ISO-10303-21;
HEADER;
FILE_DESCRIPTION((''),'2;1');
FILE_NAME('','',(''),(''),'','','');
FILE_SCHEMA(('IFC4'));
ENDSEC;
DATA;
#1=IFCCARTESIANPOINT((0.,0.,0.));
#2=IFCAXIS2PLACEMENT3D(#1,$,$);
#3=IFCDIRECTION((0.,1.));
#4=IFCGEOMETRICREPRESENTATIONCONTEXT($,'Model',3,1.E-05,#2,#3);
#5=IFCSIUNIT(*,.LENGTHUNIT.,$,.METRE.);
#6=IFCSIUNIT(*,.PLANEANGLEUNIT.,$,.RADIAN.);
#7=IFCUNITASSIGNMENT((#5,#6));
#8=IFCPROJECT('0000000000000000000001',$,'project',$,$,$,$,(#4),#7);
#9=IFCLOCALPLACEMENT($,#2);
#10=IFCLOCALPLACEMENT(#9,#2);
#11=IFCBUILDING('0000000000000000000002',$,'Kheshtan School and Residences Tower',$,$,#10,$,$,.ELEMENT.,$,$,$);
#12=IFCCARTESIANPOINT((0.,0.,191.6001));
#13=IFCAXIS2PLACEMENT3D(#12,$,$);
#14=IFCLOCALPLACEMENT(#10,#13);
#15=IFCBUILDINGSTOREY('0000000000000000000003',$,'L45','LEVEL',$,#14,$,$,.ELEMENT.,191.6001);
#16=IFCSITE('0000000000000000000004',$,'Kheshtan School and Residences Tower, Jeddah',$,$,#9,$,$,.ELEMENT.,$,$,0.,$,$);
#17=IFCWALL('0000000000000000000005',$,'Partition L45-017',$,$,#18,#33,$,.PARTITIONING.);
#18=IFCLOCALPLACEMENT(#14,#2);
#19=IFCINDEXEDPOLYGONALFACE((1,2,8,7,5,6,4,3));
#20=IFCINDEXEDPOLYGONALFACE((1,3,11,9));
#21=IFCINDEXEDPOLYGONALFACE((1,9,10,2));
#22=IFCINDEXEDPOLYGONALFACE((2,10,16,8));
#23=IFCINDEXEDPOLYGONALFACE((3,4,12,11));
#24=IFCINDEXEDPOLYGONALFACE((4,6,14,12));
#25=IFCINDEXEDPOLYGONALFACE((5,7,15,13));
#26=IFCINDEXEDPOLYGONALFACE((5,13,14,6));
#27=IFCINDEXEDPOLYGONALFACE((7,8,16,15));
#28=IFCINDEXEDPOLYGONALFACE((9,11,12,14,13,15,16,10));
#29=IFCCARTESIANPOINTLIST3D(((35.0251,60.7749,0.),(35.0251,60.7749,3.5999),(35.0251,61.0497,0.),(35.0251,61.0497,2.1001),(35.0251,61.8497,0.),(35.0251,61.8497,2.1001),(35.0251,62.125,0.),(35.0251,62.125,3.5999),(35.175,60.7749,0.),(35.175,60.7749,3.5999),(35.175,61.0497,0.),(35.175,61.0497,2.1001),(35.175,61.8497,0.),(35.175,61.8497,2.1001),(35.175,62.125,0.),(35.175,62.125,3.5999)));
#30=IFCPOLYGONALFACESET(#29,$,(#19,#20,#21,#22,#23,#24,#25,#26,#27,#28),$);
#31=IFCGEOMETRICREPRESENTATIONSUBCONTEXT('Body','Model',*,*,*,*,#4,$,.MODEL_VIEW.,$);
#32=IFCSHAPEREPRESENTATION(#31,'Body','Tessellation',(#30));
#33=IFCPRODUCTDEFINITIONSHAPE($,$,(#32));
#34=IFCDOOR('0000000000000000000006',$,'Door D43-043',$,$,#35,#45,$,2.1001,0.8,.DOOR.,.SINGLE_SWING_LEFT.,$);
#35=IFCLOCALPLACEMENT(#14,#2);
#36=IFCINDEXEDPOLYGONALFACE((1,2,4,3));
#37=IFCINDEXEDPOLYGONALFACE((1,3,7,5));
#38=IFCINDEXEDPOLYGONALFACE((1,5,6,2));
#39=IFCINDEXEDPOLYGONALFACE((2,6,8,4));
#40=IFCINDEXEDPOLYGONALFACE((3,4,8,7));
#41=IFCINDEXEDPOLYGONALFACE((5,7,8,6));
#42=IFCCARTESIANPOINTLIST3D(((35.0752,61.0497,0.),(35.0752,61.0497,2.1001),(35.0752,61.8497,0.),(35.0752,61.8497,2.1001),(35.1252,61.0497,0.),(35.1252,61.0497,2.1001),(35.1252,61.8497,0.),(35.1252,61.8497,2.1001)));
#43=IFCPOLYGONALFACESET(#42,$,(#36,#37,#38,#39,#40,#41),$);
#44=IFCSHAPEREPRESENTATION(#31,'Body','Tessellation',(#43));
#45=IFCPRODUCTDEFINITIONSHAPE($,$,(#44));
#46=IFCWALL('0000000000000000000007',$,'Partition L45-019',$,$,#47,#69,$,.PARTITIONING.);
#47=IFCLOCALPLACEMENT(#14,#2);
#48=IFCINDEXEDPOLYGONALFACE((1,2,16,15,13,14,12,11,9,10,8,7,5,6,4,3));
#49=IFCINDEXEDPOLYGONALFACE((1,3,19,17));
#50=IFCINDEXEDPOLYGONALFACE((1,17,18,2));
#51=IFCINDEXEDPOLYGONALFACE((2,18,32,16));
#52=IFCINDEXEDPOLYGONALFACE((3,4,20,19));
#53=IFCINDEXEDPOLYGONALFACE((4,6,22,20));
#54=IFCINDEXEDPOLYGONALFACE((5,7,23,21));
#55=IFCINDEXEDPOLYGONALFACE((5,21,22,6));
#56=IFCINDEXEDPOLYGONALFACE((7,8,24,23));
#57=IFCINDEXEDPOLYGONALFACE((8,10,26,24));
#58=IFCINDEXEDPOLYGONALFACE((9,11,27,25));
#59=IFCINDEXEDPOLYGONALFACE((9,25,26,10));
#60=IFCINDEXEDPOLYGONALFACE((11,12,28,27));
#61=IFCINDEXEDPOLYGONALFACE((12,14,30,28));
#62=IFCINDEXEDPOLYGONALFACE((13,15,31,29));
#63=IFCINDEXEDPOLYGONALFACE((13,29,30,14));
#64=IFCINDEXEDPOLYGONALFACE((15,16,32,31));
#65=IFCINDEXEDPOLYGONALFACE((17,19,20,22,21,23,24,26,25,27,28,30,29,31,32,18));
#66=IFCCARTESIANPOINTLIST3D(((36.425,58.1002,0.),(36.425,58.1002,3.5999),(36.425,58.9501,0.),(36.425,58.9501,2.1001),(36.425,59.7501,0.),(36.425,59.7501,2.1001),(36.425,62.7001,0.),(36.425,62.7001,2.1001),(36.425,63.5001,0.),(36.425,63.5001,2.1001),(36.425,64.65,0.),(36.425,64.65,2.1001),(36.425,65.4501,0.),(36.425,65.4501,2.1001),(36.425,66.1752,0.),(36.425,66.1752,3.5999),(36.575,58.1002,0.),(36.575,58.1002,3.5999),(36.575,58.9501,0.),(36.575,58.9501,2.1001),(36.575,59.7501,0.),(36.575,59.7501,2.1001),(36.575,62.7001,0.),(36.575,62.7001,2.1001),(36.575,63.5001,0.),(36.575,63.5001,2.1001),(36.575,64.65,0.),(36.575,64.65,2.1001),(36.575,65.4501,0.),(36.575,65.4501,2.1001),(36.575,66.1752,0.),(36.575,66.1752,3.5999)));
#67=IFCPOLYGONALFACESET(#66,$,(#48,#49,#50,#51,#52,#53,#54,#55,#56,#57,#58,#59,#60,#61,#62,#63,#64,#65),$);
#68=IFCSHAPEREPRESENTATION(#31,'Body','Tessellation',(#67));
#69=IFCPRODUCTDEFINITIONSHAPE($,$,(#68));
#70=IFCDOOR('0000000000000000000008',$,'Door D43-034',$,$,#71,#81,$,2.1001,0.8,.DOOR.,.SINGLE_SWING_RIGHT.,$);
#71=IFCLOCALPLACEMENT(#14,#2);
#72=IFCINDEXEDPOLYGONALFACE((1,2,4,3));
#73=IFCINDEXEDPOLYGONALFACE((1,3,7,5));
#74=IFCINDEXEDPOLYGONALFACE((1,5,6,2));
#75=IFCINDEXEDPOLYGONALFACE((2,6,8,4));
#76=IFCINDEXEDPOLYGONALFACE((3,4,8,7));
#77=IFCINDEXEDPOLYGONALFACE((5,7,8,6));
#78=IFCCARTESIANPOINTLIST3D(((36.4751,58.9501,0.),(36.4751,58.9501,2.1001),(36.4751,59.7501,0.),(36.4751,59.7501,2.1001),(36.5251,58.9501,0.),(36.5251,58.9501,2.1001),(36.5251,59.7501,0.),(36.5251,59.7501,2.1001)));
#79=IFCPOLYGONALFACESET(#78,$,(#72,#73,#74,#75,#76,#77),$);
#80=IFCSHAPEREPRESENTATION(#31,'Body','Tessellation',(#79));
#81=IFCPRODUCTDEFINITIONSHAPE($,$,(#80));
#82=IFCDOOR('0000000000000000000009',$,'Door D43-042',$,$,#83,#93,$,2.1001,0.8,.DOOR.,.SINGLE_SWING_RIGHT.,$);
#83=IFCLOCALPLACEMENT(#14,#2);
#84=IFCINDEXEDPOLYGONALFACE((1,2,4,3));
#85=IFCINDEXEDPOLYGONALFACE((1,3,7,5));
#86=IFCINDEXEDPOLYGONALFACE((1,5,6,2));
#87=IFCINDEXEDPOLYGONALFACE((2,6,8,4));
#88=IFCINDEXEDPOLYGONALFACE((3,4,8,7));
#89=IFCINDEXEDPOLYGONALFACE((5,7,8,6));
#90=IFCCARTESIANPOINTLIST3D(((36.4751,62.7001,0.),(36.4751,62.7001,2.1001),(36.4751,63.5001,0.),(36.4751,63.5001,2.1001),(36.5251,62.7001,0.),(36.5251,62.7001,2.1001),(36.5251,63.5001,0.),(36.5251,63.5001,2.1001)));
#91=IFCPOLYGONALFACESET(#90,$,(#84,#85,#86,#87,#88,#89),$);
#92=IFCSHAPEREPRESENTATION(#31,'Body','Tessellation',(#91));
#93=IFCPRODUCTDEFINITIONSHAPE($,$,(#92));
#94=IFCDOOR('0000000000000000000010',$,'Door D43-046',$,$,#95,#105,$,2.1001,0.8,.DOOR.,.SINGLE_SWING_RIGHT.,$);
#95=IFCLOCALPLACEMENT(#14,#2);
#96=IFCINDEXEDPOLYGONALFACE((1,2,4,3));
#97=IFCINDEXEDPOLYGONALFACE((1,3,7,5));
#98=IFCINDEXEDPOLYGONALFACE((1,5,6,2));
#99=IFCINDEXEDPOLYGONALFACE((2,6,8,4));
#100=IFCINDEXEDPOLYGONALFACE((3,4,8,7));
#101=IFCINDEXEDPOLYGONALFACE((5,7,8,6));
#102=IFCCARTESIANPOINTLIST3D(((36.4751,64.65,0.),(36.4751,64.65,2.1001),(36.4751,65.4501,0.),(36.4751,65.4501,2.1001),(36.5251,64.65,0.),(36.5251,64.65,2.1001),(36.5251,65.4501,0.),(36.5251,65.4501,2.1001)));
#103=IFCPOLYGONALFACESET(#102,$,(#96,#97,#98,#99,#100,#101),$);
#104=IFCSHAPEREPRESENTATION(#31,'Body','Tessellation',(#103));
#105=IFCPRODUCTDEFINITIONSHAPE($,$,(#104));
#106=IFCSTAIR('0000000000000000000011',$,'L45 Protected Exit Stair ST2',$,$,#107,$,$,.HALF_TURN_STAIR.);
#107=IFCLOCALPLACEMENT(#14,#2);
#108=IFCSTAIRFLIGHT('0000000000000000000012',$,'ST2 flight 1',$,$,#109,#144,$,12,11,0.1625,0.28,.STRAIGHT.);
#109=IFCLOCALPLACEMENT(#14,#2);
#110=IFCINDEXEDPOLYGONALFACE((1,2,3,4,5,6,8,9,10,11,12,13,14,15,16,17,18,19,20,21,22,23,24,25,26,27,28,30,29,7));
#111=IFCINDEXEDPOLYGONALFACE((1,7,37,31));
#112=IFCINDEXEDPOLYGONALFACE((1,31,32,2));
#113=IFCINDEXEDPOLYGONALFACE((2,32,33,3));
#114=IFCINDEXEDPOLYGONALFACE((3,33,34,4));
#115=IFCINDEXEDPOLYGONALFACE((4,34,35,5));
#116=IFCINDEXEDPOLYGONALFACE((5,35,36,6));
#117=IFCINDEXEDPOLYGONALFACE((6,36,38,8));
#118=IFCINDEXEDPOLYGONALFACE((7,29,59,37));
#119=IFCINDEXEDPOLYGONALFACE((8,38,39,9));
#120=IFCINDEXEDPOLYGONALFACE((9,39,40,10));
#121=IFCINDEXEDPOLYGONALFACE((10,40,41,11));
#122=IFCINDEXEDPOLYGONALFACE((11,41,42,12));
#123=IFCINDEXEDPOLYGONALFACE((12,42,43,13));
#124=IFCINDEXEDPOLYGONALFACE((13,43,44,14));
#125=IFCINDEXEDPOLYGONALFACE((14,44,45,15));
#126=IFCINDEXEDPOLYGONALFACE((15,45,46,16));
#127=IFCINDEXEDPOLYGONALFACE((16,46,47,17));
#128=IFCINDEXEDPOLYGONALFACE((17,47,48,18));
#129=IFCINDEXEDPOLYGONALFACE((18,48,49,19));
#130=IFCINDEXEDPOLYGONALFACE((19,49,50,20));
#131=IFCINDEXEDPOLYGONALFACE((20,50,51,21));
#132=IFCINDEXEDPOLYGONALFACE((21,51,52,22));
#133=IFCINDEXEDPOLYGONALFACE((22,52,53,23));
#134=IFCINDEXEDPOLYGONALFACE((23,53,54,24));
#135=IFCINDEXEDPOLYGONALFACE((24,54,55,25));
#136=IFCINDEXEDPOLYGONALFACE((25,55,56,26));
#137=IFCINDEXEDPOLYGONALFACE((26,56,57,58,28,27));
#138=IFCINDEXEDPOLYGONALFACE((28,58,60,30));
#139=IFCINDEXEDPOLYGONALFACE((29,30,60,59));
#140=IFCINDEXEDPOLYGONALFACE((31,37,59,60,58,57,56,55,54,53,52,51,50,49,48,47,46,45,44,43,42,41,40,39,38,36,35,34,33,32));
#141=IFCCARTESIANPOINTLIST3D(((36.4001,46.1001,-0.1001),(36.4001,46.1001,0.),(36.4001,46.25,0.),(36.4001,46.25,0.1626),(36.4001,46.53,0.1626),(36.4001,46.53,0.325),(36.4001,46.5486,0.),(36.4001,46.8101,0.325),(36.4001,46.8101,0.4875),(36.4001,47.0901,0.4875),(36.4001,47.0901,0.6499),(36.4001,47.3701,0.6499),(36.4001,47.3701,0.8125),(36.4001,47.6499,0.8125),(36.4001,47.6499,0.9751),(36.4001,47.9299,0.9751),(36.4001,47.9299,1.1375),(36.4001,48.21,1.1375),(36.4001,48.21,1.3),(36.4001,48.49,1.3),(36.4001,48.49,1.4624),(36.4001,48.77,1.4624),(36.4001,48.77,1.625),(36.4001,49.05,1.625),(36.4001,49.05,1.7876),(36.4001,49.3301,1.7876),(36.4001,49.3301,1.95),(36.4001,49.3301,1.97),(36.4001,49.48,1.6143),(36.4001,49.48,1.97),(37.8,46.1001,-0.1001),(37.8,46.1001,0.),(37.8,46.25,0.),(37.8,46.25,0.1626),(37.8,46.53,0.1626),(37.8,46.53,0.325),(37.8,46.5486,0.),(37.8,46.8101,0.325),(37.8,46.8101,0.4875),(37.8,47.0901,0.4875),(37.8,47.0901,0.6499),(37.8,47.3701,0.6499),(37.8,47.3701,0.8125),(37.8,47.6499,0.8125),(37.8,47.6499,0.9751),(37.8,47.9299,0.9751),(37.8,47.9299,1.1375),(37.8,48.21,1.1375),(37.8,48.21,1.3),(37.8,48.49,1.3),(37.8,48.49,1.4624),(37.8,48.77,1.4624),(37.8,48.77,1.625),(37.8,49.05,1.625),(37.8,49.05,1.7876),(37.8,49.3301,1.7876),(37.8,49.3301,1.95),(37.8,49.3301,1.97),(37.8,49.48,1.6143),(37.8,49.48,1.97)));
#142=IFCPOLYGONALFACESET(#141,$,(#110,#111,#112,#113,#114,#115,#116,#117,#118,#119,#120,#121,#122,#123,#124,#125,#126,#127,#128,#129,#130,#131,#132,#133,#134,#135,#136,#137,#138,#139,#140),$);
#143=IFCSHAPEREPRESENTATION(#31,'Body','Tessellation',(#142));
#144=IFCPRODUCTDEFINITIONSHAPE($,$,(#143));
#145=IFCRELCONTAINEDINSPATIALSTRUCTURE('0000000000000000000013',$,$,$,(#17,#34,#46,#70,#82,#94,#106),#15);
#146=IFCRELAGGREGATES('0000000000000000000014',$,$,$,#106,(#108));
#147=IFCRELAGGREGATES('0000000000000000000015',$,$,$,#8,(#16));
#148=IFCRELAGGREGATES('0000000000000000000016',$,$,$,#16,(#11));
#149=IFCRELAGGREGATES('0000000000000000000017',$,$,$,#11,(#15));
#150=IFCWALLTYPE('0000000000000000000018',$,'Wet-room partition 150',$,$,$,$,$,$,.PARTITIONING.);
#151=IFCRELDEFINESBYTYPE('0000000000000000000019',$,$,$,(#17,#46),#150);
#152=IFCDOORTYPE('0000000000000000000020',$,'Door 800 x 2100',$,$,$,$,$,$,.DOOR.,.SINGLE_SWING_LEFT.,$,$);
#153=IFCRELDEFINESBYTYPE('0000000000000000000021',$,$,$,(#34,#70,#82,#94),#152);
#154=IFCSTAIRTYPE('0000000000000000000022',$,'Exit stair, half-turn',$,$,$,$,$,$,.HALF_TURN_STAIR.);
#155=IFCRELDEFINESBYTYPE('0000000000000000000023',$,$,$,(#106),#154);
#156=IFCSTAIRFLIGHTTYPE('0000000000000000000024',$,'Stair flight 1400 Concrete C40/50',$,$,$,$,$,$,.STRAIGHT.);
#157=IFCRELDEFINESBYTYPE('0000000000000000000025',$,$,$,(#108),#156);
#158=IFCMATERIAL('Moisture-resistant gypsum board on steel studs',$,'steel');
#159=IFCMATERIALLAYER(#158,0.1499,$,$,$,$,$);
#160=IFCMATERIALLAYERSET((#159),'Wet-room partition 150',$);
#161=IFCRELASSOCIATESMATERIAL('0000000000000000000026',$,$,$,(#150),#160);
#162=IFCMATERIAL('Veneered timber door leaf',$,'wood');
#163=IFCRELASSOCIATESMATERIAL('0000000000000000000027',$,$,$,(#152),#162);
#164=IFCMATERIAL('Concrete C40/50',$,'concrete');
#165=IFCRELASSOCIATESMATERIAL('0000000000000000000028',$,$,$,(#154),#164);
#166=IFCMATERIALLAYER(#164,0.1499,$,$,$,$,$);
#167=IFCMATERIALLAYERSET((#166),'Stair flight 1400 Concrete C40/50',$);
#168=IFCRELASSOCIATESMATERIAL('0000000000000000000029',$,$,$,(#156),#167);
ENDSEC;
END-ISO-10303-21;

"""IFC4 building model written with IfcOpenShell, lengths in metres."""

from ifc_helpers import new_model, si_unit, direction, frame, frame_2d, origin, place, context, subcontext, project, spatial, polyline, rectangle, outline, extrude, source, transform, mapped, material, layer, layer_set, type_object, element, fill, aggregate, save


model = new_model("IFC4")

# Units and contexts
model_context = context("Model", 3, precision=1e-05, world=origin(), true_north=direction((0.0, 1.0)))
body_context = subcontext(model_context, "Body", "Model", "MODEL_VIEW")
ifc_project = project(units=[si_unit("LENGTHUNIT", "METRE"), si_unit("PLANEANGLEUNIT", "RADIAN")], contexts=[model_context])

# Site, building, storey
site_placement = place(None, origin())
site = spatial("IfcSite", under=ifc_project, at=site_placement, Name="Kheshtan School and Residences Tower, Jeddah", CompositionType="ELEMENT", RefElevation=0.0)
building_placement = place(site_placement, origin())
building = spatial("IfcBuilding", under=site, at=building_placement, Name="Kheshtan School and Residences Tower", CompositionType="ELEMENT")
storey_placement = place(building_placement, frame((0.0, 0.0, 191.6001)))
storey = spatial("IfcBuildingStorey", under=building, at=storey_placement, Name="L45", Description="LEVEL", CompositionType="ELEMENT", Elevation=191.6001)

# Shared definitions
ifc_material_1 = material(Name="Concrete C40/50", Category="concrete")
ifc_material_2 = material(Name="Moisture-resistant gypsum board on steel studs", Category="steel")
ifc_layer_1 = layer(ifc_material_2, 0.1499)
ifc_layer_set_1 = layer_set([ifc_layer_1], Name="Wet-room partition 150")
wall_type_1 = type_object("IfcWallType", Name="Wet-room partition 150", PredefinedType="PARTITIONING", material=ifc_layer_set_1)

# Wall, opening, door
wall_1_placement = place(storey_placement, frame((35.1001, 60.7749, 0.0), z_axis=(0.0, 0.0, 1.0), x_axis=(0.0, 1.0, 0.0)))
wall_1 = element("IfcWall", 1, at=wall_1_placement, inside=storey, type_object=wall_type_1, Name="Partition L45-017", PredefinedType="PARTITIONING", context=body_context, shape_type="SweptSolid", body=[
    extrude(rectangle(XDim=1.3501, YDim=0.1499, at=frame_2d((0.675, 0.0))), origin(), (0.0, 0.0, 1.0), 3.5999),
])
opening_1_placement = place(wall_1_placement, frame((0.2749, 0.0, 0.0)))
opening_1 = element("IfcOpeningElement", 2, at=opening_1_placement, cuts=wall_1, PredefinedType="OPENING", context=body_context, shape_type="SweptSolid", body=[
    extrude(rectangle(XDim=0.8, YDim=2.1001, at=frame_2d((0.3999, 1.05))), frame((0.0, 0.085, 0.0), z_axis=(0.0, -1.0, 0.0), x_axis=(1.0, 0.0, 0.0)), (0.0, 0.0, 1.0), 0.1699),
])
ifc_material_3 = material(Name="Veneered timber door leaf", Category="wood")
door_type_1 = type_object("IfcDoorType", Name="Door 800 x 2100", OperationType="SINGLE_SWING_LEFT", PredefinedType="DOOR", material=ifc_material_3)
shared_shape_1 = source(origin(), body_context, "Body", "SweptSolid", [
    extrude(rectangle(XDim=0.8, YDim=2.1001, at=frame_2d((0.3999, 1.05))), frame((0.0, 0.0249, 0.0), z_axis=(0.0, -1.0, 0.0), x_axis=(1.0, 0.0, 0.0)), (0.0, 0.0, 1.0), 0.05),
])
door_1_placement = place(opening_1_placement, origin())
door_1 = element("IfcDoor", 3, at=door_1_placement, inside=storey, type_object=door_type_1, Name="Door D43-043", OperationType="SINGLE_SWING_LEFT", OverallHeight=2.1001, OverallWidth=0.8, PredefinedType="DOOR", context=body_context, shape_type="MappedRepresentation", body=[
    mapped(shared_shape_1, transform((0.0, 0.0, 0.0), x_axis=(1.0, 0.0, 0.0), y_axis=(0.0, 1.0, 0.0), z_axis=(0.0, 0.0, 1.0), scale=1.0)),
])
fill(opening_1, door_1)

# Wall, openings, doors
wall_2_placement = place(storey_placement, frame((36.5, 58.1001, 0.0), z_axis=(0.0, 0.0, 1.0), x_axis=(0.0, 1.0, 0.0)))
wall_2 = element("IfcWall", 4, at=wall_2_placement, inside=storey, type_object=wall_type_1, Name="Partition L45-019", PredefinedType="PARTITIONING", context=body_context, shape_type="SweptSolid", body=[
    extrude(rectangle(XDim=8.075, YDim=0.1499, at=frame_2d((4.0376, 0.0))), origin(), (0.0, 0.0, 1.0), 3.5999),
])
opening_2_placement = place(wall_2_placement, frame((0.8501, 0.0, 0.0)))
opening_2 = element("IfcOpeningElement", 5, at=opening_2_placement, cuts=wall_2, PredefinedType="OPENING", context=body_context, shape_type="SweptSolid", body=[
    extrude(rectangle(XDim=0.8, YDim=2.1001, at=frame_2d((0.3999, 1.05))), frame((0.0, 0.085, 0.0), z_axis=(0.0, -1.0, 0.0), x_axis=(1.0, 0.0, 0.0)), (0.0, 0.0, 1.0), 0.1699),
])
opening_3_placement = place(wall_2_placement, frame((4.6001, 0.0, 0.0)))
opening_3 = element("IfcOpeningElement", 6, at=opening_3_placement, cuts=wall_2, PredefinedType="OPENING", context=body_context, shape_type="SweptSolid", body=[
    extrude(rectangle(XDim=0.8, YDim=2.1001, at=frame_2d((0.3999, 1.05))), frame((0.0, 0.085, 0.0), z_axis=(0.0, -1.0, 0.0), x_axis=(1.0, 0.0, 0.0)), (0.0, 0.0, 1.0), 0.1699),
])
opening_4_placement = place(wall_2_placement, frame((6.55, 0.0, 0.0)))
opening_4 = element("IfcOpeningElement", 7, at=opening_4_placement, cuts=wall_2, PredefinedType="OPENING", context=body_context, shape_type="SweptSolid", body=[
    extrude(rectangle(XDim=0.8, YDim=2.1001, at=frame_2d((0.3999, 1.05))), frame((0.0, 0.085, 0.0), z_axis=(0.0, -1.0, 0.0), x_axis=(1.0, 0.0, 0.0)), (0.0, 0.0, 1.0), 0.1699),
])
door_2_placement = place(opening_2_placement, origin())
door_2 = element("IfcDoor", 8, at=door_2_placement, inside=storey, type_object=door_type_1, Name="Door D43-034", OperationType="SINGLE_SWING_RIGHT", OverallHeight=2.1001, OverallWidth=0.8, PredefinedType="DOOR", context=body_context, shape_type="MappedRepresentation", body=[
    mapped(shared_shape_1, transform((0.0, 0.0, 0.0), x_axis=(1.0, 0.0, 0.0), y_axis=(0.0, 1.0, 0.0), z_axis=(0.0, 0.0, 1.0), scale=1.0)),
])
fill(opening_2, door_2)
door_3_placement = place(opening_3_placement, origin())
door_3 = element("IfcDoor", 9, at=door_3_placement, inside=storey, type_object=door_type_1, Name="Door D43-042", OperationType="SINGLE_SWING_RIGHT", OverallHeight=2.1001, OverallWidth=0.8, PredefinedType="DOOR", context=body_context, shape_type="MappedRepresentation", body=[
    mapped(shared_shape_1, transform((0.0, 0.0, 0.0), x_axis=(1.0, 0.0, 0.0), y_axis=(0.0, 1.0, 0.0), z_axis=(0.0, 0.0, 1.0), scale=1.0)),
])
fill(opening_3, door_3)
door_4_placement = place(opening_4_placement, origin())
door_4 = element("IfcDoor", 10, at=door_4_placement, inside=storey, type_object=door_type_1, Name="Door D43-046", OperationType="SINGLE_SWING_RIGHT", OverallHeight=2.1001, OverallWidth=0.8, PredefinedType="DOOR", context=body_context, shape_type="MappedRepresentation", body=[
    mapped(shared_shape_1, transform((0.0, 0.0, 0.0), x_axis=(1.0, 0.0, 0.0), y_axis=(0.0, 1.0, 0.0), z_axis=(0.0, 0.0, 1.0), scale=1.0)),
])
fill(opening_4, door_4)

# Stair, stair flight
stair_type = type_object("IfcStairType", Name="Exit stair, half-turn", PredefinedType="HALF_TURN_STAIR", material=ifc_material_1)
stair_placement = place(storey_placement, origin())
stair = element("IfcStair", 11, at=stair_placement, inside=storey, type_object=stair_type, Name="L45 Protected Exit Stair ST2", PredefinedType="HALF_TURN_STAIR")
ifc_layer_2 = layer(ifc_material_1, 0.1499)
ifc_layer_set_2 = layer_set([ifc_layer_2], Name="Stair flight 1400 Concrete C40/50")
stair_flight_type = type_object("IfcStairFlightType", Name="Stair flight 1400 Concrete C40/50", PredefinedType="STRAIGHT", material=ifc_layer_set_2)
stair_flight_1_placement = place(storey_placement, frame((37.1001, 46.25, 0.0), z_axis=(0.0, 0.0, 1.0), x_axis=(0.0, 1.0, 0.0)))
stair_flight_1 = element("IfcStairFlight", 12, at=stair_flight_1_placement, type_object=stair_flight_type, Name="ST2 flight 1", NumberOfRisers=12, NumberOfTreads=11, PredefinedType="STRAIGHT", RiserHeight=0.1625, TreadLength=0.28, context=body_context, shape_type="SweptSolid", body=[
    extrude(outline(polyline([(-0.1499, -0.1001), (-0.1499, 0.0), (0.0, 0.0), (0.0, 0.1626), (0.28, 0.1626), (0.28, 0.325), (0.5601, 0.325), (0.5601, 0.4875), (0.8401, 0.4875), (0.8401, 0.6499), (1.1201, 0.6499), (1.1201, 0.8125), (1.3999, 0.8125), (1.3999, 0.9751), (1.6799, 0.9751), (1.6799, 1.1375), (1.96, 1.1375), (1.96, 1.3), (2.24, 1.3), (2.24, 1.4624), (2.52, 1.4624), (2.52, 1.625), (2.8, 1.625), (2.8, 1.7876), (3.0801, 1.7876), (3.0801, 1.95), (3.0801, 1.97), (3.23, 1.97), (3.23, 1.6143), (0.2986, 0.0), (-0.1499, -0.1001)])), frame((0.0, 0.7, 0.0), z_axis=(0.0, -1.0, 0.0), x_axis=(1.0, 0.0, 0.0)), (0.0, 0.0, 1.0), 1.3999),
])
aggregate(stair, [stair_flight_1])

save(model, "model.ifc")
